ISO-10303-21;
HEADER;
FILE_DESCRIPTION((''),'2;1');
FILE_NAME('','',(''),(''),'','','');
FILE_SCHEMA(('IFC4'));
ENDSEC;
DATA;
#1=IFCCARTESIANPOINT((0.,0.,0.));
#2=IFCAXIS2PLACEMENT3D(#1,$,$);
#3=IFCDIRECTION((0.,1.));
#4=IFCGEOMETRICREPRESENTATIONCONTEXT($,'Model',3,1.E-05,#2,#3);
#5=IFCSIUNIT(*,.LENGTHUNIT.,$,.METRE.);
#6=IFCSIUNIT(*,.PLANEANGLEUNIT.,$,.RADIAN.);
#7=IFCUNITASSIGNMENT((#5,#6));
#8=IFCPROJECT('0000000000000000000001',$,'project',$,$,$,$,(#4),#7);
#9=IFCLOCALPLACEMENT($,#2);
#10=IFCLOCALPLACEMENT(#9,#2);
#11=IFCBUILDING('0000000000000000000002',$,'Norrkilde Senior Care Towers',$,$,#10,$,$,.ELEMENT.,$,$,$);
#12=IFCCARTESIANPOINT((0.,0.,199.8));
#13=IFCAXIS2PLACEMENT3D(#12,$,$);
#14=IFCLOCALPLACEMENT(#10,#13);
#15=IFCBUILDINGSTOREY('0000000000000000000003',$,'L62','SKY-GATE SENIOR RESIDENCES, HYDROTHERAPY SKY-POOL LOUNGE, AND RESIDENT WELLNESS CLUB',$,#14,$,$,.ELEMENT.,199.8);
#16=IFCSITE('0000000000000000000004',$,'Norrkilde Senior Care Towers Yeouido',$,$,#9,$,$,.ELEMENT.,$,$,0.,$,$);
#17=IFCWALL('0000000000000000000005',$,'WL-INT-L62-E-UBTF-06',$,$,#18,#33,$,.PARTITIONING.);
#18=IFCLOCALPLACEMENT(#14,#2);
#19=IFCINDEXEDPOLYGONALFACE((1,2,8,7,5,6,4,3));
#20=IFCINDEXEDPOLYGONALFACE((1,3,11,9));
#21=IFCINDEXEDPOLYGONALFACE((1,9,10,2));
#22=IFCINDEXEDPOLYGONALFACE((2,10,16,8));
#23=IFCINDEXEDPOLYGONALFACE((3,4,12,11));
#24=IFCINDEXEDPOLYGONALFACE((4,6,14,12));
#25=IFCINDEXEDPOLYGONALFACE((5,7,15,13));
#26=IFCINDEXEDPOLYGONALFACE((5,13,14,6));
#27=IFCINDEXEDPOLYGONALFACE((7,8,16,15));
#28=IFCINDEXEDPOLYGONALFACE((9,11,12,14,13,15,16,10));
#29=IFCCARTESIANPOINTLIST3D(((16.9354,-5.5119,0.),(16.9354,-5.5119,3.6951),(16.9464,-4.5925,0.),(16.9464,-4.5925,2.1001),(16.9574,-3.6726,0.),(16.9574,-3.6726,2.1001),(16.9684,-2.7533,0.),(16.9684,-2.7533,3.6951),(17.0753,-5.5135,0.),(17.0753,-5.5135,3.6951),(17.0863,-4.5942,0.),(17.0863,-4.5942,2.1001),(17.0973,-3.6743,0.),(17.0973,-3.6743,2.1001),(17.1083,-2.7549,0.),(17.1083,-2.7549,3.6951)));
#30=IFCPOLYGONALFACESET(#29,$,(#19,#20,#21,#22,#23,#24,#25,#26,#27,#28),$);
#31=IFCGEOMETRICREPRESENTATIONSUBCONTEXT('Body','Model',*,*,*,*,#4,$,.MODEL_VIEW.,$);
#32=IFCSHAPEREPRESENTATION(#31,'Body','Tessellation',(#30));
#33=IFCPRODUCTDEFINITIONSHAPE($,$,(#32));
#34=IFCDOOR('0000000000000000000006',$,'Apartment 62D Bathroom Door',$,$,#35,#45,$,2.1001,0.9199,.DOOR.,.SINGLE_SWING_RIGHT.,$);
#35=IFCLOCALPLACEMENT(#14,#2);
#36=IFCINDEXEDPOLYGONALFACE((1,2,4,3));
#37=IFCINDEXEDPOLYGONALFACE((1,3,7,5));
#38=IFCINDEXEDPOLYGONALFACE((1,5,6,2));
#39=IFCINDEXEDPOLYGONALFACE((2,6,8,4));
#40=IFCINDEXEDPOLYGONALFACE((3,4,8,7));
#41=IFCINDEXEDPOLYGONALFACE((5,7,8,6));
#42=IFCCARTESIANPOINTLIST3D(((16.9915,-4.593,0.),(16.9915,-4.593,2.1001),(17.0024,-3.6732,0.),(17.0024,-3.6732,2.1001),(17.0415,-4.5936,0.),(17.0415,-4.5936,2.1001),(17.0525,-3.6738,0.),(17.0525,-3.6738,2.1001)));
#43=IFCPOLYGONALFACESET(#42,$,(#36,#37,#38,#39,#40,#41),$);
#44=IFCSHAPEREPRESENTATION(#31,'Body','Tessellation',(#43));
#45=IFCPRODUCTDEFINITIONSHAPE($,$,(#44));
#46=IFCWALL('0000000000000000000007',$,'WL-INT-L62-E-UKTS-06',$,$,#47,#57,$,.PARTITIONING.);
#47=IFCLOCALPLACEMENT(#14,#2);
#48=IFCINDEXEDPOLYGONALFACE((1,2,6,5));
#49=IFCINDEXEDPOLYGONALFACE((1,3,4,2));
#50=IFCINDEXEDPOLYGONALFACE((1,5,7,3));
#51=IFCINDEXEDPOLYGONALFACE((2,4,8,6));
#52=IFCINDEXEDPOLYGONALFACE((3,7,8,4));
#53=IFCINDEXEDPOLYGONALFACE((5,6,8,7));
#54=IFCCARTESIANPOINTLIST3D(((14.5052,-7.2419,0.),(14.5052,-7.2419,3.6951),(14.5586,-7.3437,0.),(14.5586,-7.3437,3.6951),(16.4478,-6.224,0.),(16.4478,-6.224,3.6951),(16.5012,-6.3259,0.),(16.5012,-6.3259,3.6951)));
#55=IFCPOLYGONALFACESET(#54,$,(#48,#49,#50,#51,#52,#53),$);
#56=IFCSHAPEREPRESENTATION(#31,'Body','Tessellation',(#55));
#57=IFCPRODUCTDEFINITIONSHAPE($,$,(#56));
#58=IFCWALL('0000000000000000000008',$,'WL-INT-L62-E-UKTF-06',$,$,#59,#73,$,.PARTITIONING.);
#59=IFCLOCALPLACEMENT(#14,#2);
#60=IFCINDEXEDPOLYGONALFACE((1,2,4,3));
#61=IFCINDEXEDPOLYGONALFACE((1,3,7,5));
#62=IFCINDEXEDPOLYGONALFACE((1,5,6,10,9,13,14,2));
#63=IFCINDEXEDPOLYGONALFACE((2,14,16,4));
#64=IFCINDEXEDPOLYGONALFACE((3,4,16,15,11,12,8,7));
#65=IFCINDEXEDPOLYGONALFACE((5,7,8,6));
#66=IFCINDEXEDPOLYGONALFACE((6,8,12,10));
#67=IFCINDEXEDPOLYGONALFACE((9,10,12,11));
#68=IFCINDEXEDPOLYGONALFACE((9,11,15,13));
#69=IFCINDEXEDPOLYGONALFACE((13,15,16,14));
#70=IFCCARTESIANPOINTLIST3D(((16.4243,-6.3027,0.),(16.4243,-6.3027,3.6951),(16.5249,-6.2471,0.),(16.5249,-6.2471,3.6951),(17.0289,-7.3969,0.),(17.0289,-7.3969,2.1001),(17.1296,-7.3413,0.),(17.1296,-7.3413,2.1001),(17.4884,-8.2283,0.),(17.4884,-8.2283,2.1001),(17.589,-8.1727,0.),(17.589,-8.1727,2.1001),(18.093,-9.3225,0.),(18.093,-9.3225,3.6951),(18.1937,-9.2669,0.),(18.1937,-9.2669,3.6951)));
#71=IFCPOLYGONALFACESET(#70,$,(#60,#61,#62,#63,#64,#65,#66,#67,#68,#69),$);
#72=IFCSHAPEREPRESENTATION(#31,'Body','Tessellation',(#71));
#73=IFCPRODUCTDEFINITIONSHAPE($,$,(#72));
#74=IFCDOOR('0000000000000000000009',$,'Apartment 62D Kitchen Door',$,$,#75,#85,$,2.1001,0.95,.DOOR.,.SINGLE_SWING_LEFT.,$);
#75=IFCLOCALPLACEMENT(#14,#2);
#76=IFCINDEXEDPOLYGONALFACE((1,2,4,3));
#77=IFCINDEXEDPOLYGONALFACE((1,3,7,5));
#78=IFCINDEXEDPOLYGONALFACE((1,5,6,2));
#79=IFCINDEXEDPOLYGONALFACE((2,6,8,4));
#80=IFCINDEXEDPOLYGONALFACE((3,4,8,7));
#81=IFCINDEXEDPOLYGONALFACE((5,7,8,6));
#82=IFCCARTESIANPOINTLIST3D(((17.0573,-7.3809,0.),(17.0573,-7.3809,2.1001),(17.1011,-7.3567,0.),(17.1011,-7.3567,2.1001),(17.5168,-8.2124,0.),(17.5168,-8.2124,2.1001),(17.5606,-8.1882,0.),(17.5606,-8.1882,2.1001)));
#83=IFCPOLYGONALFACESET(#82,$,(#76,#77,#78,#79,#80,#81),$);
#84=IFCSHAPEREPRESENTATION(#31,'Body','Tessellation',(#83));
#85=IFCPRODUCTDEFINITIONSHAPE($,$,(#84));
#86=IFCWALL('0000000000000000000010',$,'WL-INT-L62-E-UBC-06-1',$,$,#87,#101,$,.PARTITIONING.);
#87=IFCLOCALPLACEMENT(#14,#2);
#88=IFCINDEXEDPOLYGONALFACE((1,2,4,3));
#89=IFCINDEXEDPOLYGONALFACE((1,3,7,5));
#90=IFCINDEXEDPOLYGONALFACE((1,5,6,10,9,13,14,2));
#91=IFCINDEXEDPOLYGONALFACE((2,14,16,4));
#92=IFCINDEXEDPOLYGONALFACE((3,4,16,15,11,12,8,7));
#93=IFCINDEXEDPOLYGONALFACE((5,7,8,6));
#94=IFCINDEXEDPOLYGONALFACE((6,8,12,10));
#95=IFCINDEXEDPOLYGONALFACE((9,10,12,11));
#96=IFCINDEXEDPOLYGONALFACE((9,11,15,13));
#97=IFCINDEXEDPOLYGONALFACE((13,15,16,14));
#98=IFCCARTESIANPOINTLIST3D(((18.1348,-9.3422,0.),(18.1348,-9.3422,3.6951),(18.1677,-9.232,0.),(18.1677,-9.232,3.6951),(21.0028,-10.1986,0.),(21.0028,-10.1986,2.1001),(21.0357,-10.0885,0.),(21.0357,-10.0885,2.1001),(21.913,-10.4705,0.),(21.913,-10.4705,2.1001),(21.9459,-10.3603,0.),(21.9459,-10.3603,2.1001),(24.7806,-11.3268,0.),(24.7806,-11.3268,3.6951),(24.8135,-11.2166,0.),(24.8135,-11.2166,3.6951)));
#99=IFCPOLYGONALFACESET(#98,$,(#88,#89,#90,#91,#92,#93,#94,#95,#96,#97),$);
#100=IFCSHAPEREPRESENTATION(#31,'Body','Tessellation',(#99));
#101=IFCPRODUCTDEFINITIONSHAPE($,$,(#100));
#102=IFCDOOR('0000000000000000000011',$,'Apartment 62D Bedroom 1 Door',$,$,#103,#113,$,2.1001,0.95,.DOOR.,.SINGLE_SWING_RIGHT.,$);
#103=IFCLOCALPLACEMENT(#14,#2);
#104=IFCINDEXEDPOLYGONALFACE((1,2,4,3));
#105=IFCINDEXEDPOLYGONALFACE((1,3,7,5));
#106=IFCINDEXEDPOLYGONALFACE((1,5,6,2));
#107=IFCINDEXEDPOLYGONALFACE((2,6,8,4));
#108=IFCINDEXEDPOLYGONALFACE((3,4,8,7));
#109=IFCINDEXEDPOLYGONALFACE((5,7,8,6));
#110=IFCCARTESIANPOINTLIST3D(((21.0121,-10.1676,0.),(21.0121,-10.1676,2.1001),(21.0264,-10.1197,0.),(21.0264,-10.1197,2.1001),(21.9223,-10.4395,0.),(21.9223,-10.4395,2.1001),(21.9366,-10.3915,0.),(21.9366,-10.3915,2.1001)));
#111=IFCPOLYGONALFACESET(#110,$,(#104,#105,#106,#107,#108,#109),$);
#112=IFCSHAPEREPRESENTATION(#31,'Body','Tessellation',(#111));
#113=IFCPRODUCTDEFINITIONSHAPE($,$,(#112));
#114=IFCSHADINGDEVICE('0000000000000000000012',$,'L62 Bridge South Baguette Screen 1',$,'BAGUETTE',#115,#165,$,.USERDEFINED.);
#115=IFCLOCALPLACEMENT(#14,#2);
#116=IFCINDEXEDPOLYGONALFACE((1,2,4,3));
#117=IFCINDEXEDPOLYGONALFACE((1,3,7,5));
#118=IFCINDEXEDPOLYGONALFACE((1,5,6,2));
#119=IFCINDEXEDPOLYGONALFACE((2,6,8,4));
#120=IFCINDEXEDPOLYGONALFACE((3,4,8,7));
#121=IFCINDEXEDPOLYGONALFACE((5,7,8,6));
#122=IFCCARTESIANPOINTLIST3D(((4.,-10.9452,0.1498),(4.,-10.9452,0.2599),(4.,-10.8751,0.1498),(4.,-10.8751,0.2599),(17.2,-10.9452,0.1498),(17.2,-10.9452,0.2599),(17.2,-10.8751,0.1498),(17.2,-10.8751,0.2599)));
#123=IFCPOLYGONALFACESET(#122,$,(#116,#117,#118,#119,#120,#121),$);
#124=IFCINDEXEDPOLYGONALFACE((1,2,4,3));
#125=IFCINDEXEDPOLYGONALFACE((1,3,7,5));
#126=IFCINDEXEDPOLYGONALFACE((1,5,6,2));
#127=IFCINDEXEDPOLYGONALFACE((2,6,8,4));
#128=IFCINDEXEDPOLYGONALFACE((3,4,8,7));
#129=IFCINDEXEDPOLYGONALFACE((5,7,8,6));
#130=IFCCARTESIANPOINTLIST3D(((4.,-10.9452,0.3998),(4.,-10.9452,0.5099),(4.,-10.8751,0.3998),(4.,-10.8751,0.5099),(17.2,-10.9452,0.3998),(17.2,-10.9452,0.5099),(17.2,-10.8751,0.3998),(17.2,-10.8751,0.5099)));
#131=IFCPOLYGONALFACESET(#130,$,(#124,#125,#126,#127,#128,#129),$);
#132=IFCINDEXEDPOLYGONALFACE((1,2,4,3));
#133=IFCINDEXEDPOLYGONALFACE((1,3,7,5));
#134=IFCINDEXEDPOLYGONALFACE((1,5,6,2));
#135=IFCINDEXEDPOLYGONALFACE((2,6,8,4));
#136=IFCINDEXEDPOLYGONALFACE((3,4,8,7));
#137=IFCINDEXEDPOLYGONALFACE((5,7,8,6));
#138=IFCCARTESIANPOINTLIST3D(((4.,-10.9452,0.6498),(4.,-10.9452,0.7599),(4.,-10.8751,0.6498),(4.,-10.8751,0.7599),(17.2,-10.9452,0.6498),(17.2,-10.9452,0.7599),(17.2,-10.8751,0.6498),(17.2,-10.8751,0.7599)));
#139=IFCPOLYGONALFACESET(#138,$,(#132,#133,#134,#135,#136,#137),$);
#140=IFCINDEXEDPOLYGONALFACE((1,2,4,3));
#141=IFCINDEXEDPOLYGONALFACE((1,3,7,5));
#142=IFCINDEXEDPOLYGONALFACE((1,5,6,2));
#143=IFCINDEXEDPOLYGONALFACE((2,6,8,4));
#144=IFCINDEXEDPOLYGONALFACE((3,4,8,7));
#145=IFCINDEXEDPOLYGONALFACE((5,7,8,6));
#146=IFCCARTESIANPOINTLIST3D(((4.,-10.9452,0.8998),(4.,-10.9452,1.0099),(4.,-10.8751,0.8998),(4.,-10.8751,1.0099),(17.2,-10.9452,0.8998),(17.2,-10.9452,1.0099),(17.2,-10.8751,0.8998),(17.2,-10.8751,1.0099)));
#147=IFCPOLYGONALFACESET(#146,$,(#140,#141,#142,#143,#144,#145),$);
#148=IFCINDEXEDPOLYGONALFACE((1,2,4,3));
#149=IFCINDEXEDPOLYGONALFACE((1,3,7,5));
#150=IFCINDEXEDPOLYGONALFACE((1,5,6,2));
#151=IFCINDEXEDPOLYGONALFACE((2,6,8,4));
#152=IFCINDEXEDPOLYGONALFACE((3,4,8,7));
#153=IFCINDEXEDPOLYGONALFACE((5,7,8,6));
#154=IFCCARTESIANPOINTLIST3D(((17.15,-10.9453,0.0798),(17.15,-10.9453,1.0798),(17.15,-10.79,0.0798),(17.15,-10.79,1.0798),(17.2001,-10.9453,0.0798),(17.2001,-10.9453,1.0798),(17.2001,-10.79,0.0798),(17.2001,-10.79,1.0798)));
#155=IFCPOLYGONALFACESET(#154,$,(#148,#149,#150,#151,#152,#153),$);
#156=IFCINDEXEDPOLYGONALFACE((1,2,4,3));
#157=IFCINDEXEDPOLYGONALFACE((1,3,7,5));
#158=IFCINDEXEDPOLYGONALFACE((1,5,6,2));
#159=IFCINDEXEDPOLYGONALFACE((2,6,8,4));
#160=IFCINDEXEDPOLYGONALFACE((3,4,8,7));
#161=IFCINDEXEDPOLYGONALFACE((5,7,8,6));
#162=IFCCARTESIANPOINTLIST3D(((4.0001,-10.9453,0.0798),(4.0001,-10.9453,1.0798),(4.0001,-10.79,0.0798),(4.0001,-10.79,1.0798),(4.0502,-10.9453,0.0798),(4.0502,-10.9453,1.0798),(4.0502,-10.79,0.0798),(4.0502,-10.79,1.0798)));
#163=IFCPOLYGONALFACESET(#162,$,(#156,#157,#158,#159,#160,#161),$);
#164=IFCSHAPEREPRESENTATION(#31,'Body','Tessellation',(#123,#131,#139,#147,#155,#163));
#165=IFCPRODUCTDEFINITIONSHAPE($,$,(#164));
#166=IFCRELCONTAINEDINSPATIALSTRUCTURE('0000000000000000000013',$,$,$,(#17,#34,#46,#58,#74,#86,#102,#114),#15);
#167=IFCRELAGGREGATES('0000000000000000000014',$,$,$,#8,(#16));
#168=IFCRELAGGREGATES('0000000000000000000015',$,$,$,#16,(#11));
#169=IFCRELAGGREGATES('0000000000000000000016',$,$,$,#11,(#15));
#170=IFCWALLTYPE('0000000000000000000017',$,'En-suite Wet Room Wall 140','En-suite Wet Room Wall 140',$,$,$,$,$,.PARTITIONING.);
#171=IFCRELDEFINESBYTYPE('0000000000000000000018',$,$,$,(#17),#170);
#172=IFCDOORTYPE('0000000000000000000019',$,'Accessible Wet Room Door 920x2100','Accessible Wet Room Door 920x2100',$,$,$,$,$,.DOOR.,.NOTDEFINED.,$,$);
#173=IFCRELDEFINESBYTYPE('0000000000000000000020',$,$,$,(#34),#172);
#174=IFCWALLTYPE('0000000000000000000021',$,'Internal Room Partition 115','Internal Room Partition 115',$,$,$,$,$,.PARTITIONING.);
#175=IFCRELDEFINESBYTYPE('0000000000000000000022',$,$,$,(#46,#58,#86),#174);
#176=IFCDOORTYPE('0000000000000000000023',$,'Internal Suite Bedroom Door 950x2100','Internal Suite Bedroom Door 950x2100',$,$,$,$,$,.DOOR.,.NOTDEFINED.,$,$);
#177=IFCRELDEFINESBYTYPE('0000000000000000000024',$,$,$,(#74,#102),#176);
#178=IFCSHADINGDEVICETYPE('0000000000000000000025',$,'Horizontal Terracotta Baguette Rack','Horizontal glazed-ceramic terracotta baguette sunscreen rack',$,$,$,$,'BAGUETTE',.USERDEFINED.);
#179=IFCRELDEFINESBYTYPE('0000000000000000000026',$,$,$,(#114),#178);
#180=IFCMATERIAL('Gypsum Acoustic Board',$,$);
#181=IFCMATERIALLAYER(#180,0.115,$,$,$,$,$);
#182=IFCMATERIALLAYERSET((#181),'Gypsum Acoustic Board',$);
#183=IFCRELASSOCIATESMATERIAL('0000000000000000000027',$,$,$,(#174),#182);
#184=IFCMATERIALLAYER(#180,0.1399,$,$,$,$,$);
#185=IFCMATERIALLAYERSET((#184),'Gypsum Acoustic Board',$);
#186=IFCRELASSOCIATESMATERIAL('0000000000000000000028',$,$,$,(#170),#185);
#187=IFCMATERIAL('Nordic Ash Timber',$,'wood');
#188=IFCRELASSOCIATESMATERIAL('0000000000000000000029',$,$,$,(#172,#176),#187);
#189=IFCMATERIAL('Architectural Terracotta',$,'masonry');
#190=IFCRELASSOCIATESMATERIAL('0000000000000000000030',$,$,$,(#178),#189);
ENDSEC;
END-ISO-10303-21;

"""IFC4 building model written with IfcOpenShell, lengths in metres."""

from ifc_helpers import new_model, si_unit, direction, frame, frame_2d, origin, origin_2d, place, context, subcontext, project, spatial, rectangle, extrude, source, transform, mapped, material, layer, layer_set, type_object, type_shapes, element, fill, save


model = new_model("IFC4")

# Units and contexts
model_context = context("Model", 3, precision=1e-05, world=origin(), true_north=direction((0.0, 1.0)))
body_context = subcontext(model_context, "Body", "Model", "MODEL_VIEW")
ifc_project = project(units=[si_unit("LENGTHUNIT", "METRE"), si_unit("PLANEANGLEUNIT", "RADIAN")], contexts=[model_context])

# Site, building, storey
site_placement = place(None, origin())
site = spatial("IfcSite", under=ifc_project, at=site_placement, Name="Norrkilde Senior Care Towers Yeouido", CompositionType="ELEMENT", RefElevation=0.0)
building_placement = place(site_placement, origin())
building = spatial("IfcBuilding", under=site, at=building_placement, Name="Norrkilde Senior Care Towers", CompositionType="ELEMENT")
storey_placement = place(building_placement, frame((0.0, 0.0, 199.8)))
storey = spatial("IfcBuildingStorey", under=building, at=storey_placement, Name="L62", Description="SKY-GATE SENIOR RESIDENCES, HYDROTHERAPY SKY-POOL LOUNGE, AND RESIDENT WELLNESS CLUB", CompositionType="ELEMENT", Elevation=199.8)

# Shared definitions
ifc_material_1 = material(Name="Architectural Terracotta", Category="masonry")

# Shared definitions
ifc_material_2 = material(Name="Gypsum Acoustic Board")
ifc_layer_1 = layer(ifc_material_2, 0.115)
ifc_layer_set_1 = layer_set([ifc_layer_1], Name="Gypsum Acoustic Board")
wall_type_1 = type_object("IfcWallType", Name="Internal Room Partition 115", Description="Internal Room Partition 115", PredefinedType="PARTITIONING", material=ifc_layer_set_1)

# Wall, opening, door
ifc_layer_2 = layer(ifc_material_2, 0.1399)
ifc_layer_set_2 = layer_set([ifc_layer_2], Name="Gypsum Acoustic Board")
wall_type_2 = type_object("IfcWallType", Name="En-suite Wet Room Wall 140", Description="En-suite Wet Room Wall 140", PredefinedType="PARTITIONING", material=ifc_layer_set_2)
shared_shape_1 = source(origin(), body_context, "Body", "SweptSolid", [
    extrude(rectangle(XDim=2.7588, YDim=0.1399, at=frame_2d((1.3794, 0.0))), origin(), (0.0, 0.0, 1.0), 3.6951),
])
type_shapes(wall_type_2, [shared_shape_1])
wall_1_placement = place(storey_placement, frame((17.0054, -5.5127, 0.0), z_axis=(0.0, 0.0, 1.0), x_axis=(0.011947, 0.999929, 0.0)))
wall_1 = element("IfcWall", 1, at=wall_1_placement, inside=storey, type_object=wall_type_2, Name="WL-INT-L62-E-UBTF-06", PredefinedType="PARTITIONING", context=body_context, shape_type="MappedRepresentation", body=[
    mapped(shared_shape_1, transform((0.0, 0.0, 0.0), x_axis=(1.0, 0.0, 0.0), y_axis=(0.0, 1.0, 0.0), z_axis=(0.0, 0.0, 1.0), scale=1.0)),
])
opening_1_placement = place(wall_1_placement, frame((0.9194, 0.0, 0.0)))
opening_1 = element("IfcOpeningElement", 2, at=opening_1_placement, cuts=wall_1, PredefinedType="OPENING", context=body_context, shape_type="SweptSolid", body=[
    extrude(rectangle(XDim=0.9199, YDim=2.1001, at=frame_2d((0.46, 1.05))), frame((0.0, 0.0798, 0.0), z_axis=(0.0, -1.0, 0.0), x_axis=(1.0, 0.0, 0.0)), (0.0, 0.0, 1.0), 0.1599),
])
ifc_material_3 = material(Name="Nordic Ash Timber", Category="wood")
door_type_1 = type_object("IfcDoorType", Name="Accessible Wet Room Door 920x2100", Description="Accessible Wet Room Door 920x2100", OperationType="NOTDEFINED", PredefinedType="DOOR", material=ifc_material_3)
shared_shape_2 = source(origin(), body_context, "Body", "SweptSolid", [
    extrude(rectangle(XDim=0.9199, YDim=2.1001, at=frame_2d((0.46, 1.05))), frame((0.0, 0.0249, 0.0), z_axis=(0.0, -1.0, 0.0), x_axis=(1.0, 0.0, 0.0)), (0.0, 0.0, 1.0), 0.05),
])
type_shapes(door_type_1, [shared_shape_2])
door_1_placement = place(opening_1_placement, origin())
door_1 = element("IfcDoor", 3, at=door_1_placement, inside=storey, type_object=door_type_1, Name="Apartment 62D Bathroom Door", OperationType="SINGLE_SWING_RIGHT", OverallHeight=2.1001, OverallWidth=0.9199, PredefinedType="DOOR", context=body_context, shape_type="MappedRepresentation", body=[
    mapped(shared_shape_2, transform((0.0, 0.0, 0.0), x_axis=(1.0, 0.0, 0.0), y_axis=(0.0, 1.0, 0.0), z_axis=(0.0, 0.0, 1.0), scale=1.0)),
])
fill(opening_1, door_1)

# Wall
shared_shape_3 = source(origin(), body_context, "Body", "SweptSolid", [
    extrude(rectangle(XDim=2.1931, YDim=0.115, at=frame_2d((1.0967, 0.0))), origin(), (0.0, 0.0, 1.0), 3.6951),
])
wall_2_placement = place(storey_placement, frame((16.4746, -6.2749, 0.0), z_axis=(0.0, 0.0, 1.0), x_axis=(-0.885784, -0.464099, 0.0)))
element("IfcWall", 4, at=wall_2_placement, inside=storey, type_object=wall_type_1, Name="WL-INT-L62-E-UKTS-06", PredefinedType="PARTITIONING", context=body_context, shape_type="MappedRepresentation", body=[
    mapped(shared_shape_3, transform((0.0, 0.0, 0.0), x_axis=(1.0, 0.0, 0.0), y_axis=(0.0, 1.0, 0.0), z_axis=(0.0, 0.0, 1.0), scale=1.0)),
])

# Walls, openings, doors
shared_shape_4 = source(origin(), body_context, "Body", "SweptSolid", [
    extrude(rectangle(XDim=3.4502, YDim=0.115, at=frame_2d((1.7251, 0.0))), origin(), (0.0, 0.0, 1.0), 3.6951),
])
wall_3_placement = place(storey_placement, frame((16.4746, -6.2749, 0.0), z_axis=(0.0, 0.0, 1.0), x_axis=(0.483659, -0.875257, 0.0)))
wall_3 = element("IfcWall", 5, at=wall_3_placement, inside=storey, type_object=wall_type_1, Name="WL-INT-L62-E-UKTF-06", PredefinedType="PARTITIONING", context=body_context, shape_type="MappedRepresentation", body=[
    mapped(shared_shape_4, transform((0.0, 0.0, 0.0), x_axis=(1.0, 0.0, 0.0), y_axis=(0.0, 1.0, 0.0), z_axis=(0.0, 0.0, 1.0), scale=1.0)),
])
opening_2_placement = place(wall_3_placement, frame((1.25, 0.0, 0.0)))
opening_2 = element("IfcOpeningElement", 6, at=opening_2_placement, cuts=wall_3, PredefinedType="OPENING", context=body_context, shape_type="SweptSolid", body=[
    extrude(rectangle(XDim=0.95, YDim=2.1001, at=frame_2d((0.4751, 1.05))), frame((0.0, 0.0674, 0.0), z_axis=(0.0, -1.0, 0.0), x_axis=(1.0, 0.0, 0.0)), (0.0, 0.0, 1.0), 0.135),
])
door_type_2 = type_object("IfcDoorType", Name="Internal Suite Bedroom Door 950x2100", Description="Internal Suite Bedroom Door 950x2100", OperationType="NOTDEFINED", PredefinedType="DOOR", material=ifc_material_3)
shared_shape_5 = source(origin(), body_context, "Body", "SweptSolid", [
    extrude(rectangle(XDim=0.95, YDim=2.1001, at=frame_2d((0.4751, 1.05))), frame((0.0, 0.0249, 0.0), z_axis=(0.0, -1.0, 0.0), x_axis=(1.0, 0.0, 0.0)), (0.0, 0.0, 1.0), 0.05),
])
type_shapes(door_type_2, [shared_shape_5])
door_2_placement = place(opening_2_placement, frame((0.95, 0.0, 0.0), z_axis=(0.0, 0.0, 1.0), x_axis=(-1.0, 0.0, 0.0)))
door_2 = element("IfcDoor", 7, at=door_2_placement, inside=storey, type_object=door_type_2, Name="Apartment 62D Kitchen Door", OperationType="SINGLE_SWING_LEFT", OverallHeight=2.1001, OverallWidth=0.95, PredefinedType="DOOR", context=body_context, shape_type="MappedRepresentation", body=[
    mapped(shared_shape_5, transform((0.0, 0.0, 0.0), x_axis=(1.0, 0.0, 0.0), y_axis=(0.0, 1.0, 0.0), z_axis=(0.0, 0.0, 1.0), scale=1.0)),
])
fill(opening_2, door_2)
shared_shape_6 = source(origin(), body_context, "Body", "SweptSolid", [
    extrude(rectangle(XDim=6.9358, YDim=0.115, at=frame_2d((3.4678, 0.0))), origin(), (0.0, 0.0, 1.0), 3.6951),
])
wall_4_placement = place(storey_placement, frame((18.1514, -9.2871, 0.0), z_axis=(0.0, 0.0, 1.0), x_axis=(0.958187, -0.286143, 0.0)))
wall_4 = element("IfcWall", 8, at=wall_4_placement, inside=storey, type_object=wall_type_1, Name="WL-INT-L62-E-UBC-06-1", PredefinedType="PARTITIONING", context=body_context, shape_type="MappedRepresentation", body=[
    mapped(shared_shape_6, transform((0.0, 0.0, 0.0), x_axis=(1.0, 0.0, 0.0), y_axis=(0.0, 1.0, 0.0), z_axis=(0.0, 0.0, 1.0), scale=1.0)),
])
opening_3_placement = place(wall_4_placement, frame((2.9929, 0.0, 0.0)))
opening_3 = element("IfcOpeningElement", 9, at=opening_3_placement, cuts=wall_4, PredefinedType="OPENING", context=body_context, shape_type="SweptSolid", body=[
    extrude(rectangle(XDim=0.95, YDim=2.1001, at=frame_2d((0.4751, 1.05))), frame((0.0, 0.0674, 0.0), z_axis=(0.0, -1.0, 0.0), x_axis=(1.0, 0.0, 0.0)), (0.0, 0.0, 1.0), 0.135),
])
door_3_placement = place(opening_3_placement, origin())
door_3 = element("IfcDoor", 10, at=door_3_placement, inside=storey, type_object=door_type_2, Name="Apartment 62D Bedroom 1 Door", OperationType="SINGLE_SWING_RIGHT", OverallHeight=2.1001, OverallWidth=0.95, PredefinedType="DOOR", context=body_context, shape_type="MappedRepresentation", body=[
    mapped(shared_shape_5, transform((0.0, 0.0, 0.0), x_axis=(1.0, 0.0, 0.0), y_axis=(0.0, 1.0, 0.0), z_axis=(0.0, 0.0, 1.0), scale=1.0)),
])
fill(opening_3, door_3)

# Shading device
shading_device_type = type_object("IfcShadingDeviceType", Name="Horizontal Terracotta Baguette Rack", Description="Horizontal glazed-ceramic terracotta baguette sunscreen rack", ElementType="BAGUETTE", PredefinedType="USERDEFINED", material=ifc_material_1)
shared_shape_7 = source(origin(), body_context, "Body", "SweptSolid", [
    extrude(rectangle(XDim=0.0701, YDim=0.1101, at=origin_2d()), frame((0.0, 0.0901, 0.125), z_axis=(1.0, 0.0, 0.0), x_axis=(0.0, 1.0, 0.0)), (0.0, 0.0, 1.0), 13.2),
    extrude(rectangle(XDim=0.0701, YDim=0.1101, at=origin_2d()), frame((0.0, 0.0901, 0.375), z_axis=(1.0, 0.0, 0.0), x_axis=(0.0, 1.0, 0.0)), (0.0, 0.0, 1.0), 13.2),
    extrude(rectangle(XDim=0.0701, YDim=0.1101, at=origin_2d()), frame((0.0, 0.0901, 0.625), z_axis=(1.0, 0.0, 0.0), x_axis=(0.0, 1.0, 0.0)), (0.0, 0.0, 1.0), 13.2),
    extrude(rectangle(XDim=0.0701, YDim=0.1101, at=origin_2d()), frame((0.0, 0.0901, 0.875), z_axis=(1.0, 0.0, 0.0), x_axis=(0.0, 1.0, 0.0)), (0.0, 0.0, 1.0), 13.2),
    extrude(rectangle(XDim=0.05, YDim=0.1553, at=origin_2d()), frame((0.0249, 0.0476, 0.0)), (0.0, 0.0, 1.0), 1.0),
    extrude(rectangle(XDim=0.05, YDim=0.1553, at=origin_2d()), frame((13.1748, 0.0476, 0.0)), (0.0, 0.0, 1.0), 1.0),
])
type_shapes(shading_device_type, [shared_shape_7])
shading_device_placement = place(storey_placement, frame((17.2, -10.8201, 0.0798), z_axis=(0.0, 0.0, 1.0), x_axis=(-1.0, 0.0, 0.0)))
element("IfcShadingDevice", 11, at=shading_device_placement, inside=storey, type_object=shading_device_type, Name="L62 Bridge South Baguette Screen 1", ObjectType="BAGUETTE", PredefinedType="USERDEFINED", context=body_context, shape_type="MappedRepresentation", body=[
    mapped(shared_shape_7, transform((0.0, 0.0, 0.0), x_axis=(1.0, 0.0, 0.0), y_axis=(0.0, 1.0, 0.0), z_axis=(0.0, 0.0, 1.0), scale=1.0)),
])

save(model, "model.ifc")
